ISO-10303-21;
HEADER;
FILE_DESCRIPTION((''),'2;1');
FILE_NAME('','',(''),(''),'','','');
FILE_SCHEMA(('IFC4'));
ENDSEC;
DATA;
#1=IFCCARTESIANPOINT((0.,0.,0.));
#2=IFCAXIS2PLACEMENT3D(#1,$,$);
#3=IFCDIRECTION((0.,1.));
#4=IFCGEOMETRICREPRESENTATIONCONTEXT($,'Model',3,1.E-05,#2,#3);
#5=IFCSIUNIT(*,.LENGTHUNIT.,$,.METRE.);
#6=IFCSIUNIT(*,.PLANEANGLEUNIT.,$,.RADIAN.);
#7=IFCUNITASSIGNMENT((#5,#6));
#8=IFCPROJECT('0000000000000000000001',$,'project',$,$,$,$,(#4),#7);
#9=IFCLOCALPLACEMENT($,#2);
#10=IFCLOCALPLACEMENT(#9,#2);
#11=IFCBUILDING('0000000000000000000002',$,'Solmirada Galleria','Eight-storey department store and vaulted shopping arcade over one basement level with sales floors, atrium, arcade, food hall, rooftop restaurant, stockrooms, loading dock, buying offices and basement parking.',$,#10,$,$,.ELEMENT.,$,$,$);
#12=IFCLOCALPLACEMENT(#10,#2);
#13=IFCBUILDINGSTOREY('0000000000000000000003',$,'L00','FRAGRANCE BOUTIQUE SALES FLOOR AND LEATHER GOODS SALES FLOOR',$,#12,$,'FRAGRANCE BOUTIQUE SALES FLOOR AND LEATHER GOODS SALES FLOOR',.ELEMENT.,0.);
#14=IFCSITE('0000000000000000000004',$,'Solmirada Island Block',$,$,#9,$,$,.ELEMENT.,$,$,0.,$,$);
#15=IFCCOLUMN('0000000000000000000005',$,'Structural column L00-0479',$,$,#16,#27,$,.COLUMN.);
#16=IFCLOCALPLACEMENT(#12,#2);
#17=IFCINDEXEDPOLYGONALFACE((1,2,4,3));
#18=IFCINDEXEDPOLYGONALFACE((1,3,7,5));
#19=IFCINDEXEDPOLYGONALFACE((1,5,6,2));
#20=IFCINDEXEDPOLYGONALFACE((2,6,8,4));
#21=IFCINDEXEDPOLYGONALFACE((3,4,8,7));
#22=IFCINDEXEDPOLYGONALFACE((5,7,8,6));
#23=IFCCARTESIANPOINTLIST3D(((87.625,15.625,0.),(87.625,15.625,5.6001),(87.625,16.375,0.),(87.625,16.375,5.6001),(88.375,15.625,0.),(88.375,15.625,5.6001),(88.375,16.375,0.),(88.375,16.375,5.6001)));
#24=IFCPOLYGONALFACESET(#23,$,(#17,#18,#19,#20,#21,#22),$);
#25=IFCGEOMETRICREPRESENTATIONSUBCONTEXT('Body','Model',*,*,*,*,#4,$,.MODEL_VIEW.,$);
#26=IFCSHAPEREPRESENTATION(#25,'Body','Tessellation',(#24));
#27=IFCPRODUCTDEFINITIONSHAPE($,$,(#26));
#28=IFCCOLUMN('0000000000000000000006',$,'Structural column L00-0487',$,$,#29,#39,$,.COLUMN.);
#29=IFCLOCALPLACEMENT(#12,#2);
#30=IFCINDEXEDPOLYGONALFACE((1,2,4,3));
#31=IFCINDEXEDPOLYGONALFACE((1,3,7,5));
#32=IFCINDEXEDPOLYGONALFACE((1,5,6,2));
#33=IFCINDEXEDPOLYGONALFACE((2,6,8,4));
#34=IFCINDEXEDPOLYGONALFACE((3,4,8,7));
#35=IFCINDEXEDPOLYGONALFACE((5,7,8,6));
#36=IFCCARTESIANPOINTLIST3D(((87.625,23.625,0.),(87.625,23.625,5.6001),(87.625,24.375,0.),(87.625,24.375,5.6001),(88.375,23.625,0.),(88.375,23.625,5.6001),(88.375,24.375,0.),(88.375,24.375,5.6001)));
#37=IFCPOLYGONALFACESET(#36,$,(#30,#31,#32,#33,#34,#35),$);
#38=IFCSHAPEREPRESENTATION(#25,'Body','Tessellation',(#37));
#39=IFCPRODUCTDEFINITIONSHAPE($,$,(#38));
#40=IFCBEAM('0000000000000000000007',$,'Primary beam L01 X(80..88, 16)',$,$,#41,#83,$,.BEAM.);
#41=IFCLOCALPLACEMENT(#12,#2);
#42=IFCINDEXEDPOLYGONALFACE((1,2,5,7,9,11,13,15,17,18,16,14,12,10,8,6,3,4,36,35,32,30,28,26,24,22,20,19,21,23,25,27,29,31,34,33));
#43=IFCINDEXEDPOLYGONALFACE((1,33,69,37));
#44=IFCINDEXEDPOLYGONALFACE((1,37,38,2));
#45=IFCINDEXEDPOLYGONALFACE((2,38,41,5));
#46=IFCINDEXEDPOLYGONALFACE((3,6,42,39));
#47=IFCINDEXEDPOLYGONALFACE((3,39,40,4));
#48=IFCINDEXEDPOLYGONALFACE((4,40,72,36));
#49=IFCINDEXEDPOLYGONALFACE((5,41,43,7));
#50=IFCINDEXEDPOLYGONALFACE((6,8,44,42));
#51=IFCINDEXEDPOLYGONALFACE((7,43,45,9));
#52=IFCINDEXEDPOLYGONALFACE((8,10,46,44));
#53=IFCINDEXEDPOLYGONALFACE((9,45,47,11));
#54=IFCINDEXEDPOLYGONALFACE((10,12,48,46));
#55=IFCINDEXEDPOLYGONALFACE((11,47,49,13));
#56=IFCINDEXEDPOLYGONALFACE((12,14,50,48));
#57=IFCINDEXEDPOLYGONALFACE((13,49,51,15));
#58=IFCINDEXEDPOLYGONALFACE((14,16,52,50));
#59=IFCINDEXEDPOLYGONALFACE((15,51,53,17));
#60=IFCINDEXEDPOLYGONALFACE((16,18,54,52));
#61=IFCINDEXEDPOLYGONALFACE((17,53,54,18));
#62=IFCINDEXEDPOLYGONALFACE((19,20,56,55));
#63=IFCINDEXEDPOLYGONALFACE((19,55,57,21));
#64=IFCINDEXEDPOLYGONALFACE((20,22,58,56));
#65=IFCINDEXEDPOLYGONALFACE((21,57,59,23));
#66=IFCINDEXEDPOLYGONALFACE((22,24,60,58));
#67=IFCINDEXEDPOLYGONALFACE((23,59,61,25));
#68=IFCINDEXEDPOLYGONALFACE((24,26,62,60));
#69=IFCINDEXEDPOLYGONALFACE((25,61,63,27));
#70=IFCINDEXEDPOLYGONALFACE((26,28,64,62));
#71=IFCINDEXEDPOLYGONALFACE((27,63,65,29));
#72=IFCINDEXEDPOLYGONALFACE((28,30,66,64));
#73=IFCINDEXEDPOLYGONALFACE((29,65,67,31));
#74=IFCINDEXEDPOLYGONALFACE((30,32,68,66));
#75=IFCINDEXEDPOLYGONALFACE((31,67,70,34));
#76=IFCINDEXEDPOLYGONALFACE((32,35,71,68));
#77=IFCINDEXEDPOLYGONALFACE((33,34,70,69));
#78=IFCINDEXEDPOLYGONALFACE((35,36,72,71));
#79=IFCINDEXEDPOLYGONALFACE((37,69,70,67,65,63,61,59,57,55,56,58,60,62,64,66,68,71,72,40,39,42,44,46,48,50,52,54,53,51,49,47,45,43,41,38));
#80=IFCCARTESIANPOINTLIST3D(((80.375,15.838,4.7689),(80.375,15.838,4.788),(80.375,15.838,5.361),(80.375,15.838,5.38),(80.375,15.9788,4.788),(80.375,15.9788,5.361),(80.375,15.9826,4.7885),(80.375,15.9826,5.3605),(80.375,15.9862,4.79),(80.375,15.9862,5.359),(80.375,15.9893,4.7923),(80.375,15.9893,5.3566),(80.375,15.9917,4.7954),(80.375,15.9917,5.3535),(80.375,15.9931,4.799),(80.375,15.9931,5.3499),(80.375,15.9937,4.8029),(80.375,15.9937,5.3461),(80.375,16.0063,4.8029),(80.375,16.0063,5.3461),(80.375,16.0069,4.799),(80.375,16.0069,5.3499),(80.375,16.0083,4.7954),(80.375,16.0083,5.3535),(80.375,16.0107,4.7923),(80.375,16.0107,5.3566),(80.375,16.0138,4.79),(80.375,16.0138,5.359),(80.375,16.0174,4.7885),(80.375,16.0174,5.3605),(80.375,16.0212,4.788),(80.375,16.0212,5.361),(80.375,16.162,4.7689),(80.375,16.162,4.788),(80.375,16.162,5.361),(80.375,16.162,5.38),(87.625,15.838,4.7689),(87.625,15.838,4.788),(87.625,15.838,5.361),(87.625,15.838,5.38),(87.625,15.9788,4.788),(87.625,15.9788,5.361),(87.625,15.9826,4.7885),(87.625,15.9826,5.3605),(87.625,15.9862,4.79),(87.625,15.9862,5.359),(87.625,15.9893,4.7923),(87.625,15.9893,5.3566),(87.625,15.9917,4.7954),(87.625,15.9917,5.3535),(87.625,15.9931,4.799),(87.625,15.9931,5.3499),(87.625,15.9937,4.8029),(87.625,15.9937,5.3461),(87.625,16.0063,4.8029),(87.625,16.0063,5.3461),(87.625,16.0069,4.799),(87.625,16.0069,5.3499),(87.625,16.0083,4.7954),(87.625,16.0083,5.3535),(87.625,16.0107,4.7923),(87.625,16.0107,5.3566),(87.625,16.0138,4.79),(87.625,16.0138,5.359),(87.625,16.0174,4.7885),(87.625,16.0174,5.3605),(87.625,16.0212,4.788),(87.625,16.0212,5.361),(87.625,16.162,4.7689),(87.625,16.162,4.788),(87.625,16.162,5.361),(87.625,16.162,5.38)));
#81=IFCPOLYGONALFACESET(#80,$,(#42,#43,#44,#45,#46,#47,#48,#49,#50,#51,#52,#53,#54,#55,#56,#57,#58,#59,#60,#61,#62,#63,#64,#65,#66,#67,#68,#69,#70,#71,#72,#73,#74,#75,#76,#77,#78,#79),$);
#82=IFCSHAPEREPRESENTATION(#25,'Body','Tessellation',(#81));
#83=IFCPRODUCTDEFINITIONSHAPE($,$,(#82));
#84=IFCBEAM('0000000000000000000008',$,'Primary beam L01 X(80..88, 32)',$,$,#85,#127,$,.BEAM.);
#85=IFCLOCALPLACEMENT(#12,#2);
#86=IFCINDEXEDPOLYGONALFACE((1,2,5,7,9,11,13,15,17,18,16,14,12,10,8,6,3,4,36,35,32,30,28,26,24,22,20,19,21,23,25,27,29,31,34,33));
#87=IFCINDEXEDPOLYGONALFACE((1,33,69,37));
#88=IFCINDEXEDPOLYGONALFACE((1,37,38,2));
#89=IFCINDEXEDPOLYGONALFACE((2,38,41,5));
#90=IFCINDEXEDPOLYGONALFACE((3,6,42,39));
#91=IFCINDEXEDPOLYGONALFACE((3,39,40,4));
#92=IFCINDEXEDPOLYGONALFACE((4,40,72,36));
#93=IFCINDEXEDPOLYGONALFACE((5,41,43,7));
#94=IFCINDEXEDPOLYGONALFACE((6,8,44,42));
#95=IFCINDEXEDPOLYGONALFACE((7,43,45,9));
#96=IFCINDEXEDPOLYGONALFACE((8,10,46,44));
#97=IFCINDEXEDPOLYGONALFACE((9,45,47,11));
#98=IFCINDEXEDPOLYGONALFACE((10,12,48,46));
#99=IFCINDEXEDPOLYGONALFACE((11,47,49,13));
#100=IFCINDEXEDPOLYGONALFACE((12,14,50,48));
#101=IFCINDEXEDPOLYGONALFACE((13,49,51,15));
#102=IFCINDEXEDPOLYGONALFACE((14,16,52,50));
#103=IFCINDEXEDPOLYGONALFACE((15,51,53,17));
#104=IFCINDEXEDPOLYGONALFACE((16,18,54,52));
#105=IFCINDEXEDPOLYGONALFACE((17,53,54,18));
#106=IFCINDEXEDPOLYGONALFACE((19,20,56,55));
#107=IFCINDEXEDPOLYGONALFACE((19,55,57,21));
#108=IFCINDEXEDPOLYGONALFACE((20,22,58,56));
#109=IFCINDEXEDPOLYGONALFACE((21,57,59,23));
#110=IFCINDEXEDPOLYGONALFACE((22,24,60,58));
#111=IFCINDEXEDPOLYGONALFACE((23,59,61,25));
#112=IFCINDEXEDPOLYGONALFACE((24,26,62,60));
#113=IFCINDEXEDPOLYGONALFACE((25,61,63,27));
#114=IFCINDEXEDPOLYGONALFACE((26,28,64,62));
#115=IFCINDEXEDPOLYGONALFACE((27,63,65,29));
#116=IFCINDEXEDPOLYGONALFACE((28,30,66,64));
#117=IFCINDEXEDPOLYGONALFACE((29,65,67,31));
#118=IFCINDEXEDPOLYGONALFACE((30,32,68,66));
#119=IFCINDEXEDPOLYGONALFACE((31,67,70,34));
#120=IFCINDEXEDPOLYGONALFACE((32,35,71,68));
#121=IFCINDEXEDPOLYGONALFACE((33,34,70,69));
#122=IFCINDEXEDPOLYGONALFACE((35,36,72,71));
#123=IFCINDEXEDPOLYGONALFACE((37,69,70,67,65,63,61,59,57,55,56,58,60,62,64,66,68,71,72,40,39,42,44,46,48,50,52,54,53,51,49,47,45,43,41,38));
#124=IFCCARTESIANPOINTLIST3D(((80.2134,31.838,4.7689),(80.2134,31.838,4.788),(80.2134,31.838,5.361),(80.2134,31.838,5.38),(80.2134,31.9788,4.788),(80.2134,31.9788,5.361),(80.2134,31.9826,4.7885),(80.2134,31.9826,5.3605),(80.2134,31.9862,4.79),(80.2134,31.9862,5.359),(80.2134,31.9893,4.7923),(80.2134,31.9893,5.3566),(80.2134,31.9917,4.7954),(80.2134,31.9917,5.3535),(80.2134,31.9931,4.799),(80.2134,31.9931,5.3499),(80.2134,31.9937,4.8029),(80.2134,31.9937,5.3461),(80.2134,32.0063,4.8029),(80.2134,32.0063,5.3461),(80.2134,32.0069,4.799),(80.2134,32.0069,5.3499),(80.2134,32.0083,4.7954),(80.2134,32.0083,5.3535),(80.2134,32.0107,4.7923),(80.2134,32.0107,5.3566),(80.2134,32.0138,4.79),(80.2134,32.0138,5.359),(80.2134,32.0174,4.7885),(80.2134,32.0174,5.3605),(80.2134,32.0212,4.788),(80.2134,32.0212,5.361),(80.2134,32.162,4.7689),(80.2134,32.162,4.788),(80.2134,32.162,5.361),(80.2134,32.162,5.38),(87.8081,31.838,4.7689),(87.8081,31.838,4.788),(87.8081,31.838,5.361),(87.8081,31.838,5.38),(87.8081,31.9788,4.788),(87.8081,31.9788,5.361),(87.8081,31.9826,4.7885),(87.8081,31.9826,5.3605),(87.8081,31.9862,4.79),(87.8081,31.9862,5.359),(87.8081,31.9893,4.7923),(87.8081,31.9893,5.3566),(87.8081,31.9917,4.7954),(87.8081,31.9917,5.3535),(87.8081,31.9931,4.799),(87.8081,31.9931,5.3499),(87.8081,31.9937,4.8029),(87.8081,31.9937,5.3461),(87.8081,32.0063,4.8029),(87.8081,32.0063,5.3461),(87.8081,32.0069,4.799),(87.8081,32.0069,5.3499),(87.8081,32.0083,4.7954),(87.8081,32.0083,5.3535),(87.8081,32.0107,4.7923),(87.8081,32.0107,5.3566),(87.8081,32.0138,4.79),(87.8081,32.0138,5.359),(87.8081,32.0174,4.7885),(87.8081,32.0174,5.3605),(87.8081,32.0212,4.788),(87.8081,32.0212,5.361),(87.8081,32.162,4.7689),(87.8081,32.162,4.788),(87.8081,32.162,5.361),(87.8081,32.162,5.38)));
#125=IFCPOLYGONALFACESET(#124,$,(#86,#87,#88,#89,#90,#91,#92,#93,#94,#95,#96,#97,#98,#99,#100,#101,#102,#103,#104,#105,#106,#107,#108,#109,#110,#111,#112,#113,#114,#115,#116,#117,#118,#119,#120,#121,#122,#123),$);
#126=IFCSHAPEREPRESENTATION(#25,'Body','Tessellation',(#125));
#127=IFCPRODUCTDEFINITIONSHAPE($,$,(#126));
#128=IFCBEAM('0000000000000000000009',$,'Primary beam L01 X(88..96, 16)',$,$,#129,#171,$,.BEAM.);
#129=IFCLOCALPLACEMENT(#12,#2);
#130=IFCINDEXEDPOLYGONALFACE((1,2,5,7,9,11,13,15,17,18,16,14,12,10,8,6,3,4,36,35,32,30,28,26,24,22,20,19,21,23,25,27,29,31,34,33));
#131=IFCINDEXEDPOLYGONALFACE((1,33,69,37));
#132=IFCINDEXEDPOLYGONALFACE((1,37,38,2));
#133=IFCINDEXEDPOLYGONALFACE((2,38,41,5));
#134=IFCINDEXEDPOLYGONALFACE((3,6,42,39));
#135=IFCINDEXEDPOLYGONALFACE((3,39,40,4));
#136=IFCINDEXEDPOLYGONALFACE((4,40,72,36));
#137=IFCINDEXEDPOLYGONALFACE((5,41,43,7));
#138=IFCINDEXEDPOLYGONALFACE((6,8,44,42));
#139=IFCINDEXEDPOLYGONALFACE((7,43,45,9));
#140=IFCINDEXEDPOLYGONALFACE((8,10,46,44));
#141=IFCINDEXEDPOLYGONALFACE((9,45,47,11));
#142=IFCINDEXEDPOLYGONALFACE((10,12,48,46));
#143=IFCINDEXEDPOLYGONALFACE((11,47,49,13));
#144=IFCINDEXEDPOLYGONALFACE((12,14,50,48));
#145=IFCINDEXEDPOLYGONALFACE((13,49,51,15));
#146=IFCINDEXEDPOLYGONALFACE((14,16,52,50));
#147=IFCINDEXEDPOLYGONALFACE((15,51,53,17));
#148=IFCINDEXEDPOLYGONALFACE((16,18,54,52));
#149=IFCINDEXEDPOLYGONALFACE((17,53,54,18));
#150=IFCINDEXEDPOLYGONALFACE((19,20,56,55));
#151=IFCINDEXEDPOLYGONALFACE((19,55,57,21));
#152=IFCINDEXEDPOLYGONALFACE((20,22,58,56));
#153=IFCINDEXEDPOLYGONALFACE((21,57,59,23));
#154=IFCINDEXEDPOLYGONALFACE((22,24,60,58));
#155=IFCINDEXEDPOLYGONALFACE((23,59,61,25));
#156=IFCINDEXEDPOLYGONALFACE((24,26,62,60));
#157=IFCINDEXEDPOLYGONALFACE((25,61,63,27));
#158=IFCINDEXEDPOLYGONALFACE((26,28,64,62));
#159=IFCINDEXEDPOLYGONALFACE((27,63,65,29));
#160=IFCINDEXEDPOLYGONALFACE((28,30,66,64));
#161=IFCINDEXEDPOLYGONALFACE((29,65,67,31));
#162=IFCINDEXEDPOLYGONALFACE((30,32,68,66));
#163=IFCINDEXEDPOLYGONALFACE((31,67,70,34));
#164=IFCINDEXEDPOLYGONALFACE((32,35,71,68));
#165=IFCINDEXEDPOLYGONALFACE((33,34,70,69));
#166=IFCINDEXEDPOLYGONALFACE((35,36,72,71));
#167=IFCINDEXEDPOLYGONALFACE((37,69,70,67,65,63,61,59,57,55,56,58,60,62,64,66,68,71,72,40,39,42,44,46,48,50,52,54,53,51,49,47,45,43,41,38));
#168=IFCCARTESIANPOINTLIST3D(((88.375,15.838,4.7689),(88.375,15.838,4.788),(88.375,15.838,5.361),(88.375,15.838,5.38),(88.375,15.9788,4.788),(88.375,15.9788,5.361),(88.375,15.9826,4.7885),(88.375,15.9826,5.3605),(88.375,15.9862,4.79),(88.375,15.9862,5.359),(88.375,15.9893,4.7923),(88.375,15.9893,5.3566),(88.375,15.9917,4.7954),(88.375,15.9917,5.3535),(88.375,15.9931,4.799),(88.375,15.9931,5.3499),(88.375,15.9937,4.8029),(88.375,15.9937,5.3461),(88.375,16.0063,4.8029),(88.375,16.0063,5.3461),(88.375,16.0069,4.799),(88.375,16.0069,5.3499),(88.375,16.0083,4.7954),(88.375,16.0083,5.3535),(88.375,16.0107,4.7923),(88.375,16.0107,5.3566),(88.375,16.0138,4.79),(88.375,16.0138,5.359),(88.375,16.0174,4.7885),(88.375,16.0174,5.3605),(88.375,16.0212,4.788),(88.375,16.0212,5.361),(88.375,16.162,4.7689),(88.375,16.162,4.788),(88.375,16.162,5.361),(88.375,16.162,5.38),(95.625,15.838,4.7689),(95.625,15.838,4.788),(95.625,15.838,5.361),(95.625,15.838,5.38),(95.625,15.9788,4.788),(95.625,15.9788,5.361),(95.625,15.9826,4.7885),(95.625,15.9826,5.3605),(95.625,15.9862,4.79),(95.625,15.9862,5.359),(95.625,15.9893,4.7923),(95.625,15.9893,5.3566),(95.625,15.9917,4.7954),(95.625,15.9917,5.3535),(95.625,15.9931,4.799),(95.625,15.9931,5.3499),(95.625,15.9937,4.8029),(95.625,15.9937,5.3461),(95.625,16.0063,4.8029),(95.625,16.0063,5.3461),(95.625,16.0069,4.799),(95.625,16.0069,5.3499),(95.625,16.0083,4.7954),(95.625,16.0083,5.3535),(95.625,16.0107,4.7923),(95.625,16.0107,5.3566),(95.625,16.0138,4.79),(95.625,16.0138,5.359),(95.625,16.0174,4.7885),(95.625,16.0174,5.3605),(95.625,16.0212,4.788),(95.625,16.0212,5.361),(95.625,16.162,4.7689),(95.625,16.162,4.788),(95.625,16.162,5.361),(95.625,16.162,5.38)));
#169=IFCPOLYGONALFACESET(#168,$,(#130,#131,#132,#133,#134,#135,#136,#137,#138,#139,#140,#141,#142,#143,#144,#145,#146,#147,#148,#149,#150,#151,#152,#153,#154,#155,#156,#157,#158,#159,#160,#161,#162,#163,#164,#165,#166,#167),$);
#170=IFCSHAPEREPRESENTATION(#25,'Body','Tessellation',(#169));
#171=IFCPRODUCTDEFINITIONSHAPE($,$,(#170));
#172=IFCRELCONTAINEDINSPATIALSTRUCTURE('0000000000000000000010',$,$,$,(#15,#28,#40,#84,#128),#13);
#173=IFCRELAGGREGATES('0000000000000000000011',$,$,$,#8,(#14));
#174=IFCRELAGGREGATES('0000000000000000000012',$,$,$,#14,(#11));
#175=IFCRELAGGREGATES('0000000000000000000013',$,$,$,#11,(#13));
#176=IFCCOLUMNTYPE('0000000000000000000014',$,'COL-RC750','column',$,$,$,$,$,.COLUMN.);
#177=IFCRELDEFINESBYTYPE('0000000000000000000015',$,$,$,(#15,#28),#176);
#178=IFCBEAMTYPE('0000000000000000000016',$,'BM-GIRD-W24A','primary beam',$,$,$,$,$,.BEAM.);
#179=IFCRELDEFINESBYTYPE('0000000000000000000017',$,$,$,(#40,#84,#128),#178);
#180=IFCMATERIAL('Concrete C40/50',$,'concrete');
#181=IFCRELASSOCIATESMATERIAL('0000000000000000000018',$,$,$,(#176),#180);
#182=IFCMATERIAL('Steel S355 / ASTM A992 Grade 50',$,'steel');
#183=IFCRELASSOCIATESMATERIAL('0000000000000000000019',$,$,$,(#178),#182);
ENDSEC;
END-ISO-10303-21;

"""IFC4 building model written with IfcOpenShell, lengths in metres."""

from ifc_helpers import new_model, si_unit, direction, frame, origin, origin_2d, place, context, subcontext, project, spatial, rectangle, i_section, extrude, material, material_profile, profile_set, type_object, element, save


model = new_model("IFC4")

# Units and contexts
model_context = context("Model", 3, precision=1e-05, world=origin(), true_north=direction((0.0, 1.0)))
body_context = subcontext(model_context, "Body", "Model", "MODEL_VIEW")
ifc_project = project(units=[si_unit("LENGTHUNIT", "METRE"), si_unit("PLANEANGLEUNIT", "RADIAN")], contexts=[model_context])

# Site, building, storey
site_placement = place(None, origin())
site = spatial("IfcSite", under=ifc_project, at=site_placement, Name="Solmirada Island Block", CompositionType="ELEMENT", RefElevation=0.0)
building_placement = place(site_placement, origin())
building = spatial("IfcBuilding", under=site, at=building_placement, Name="Solmirada Galleria", Description="Eight-storey department store and vaulted shopping arcade over one basement level with sales floors, atrium, arcade, food hall, rooftop restaurant, stockrooms, loading dock, buying offices and basement parking.", CompositionType="ELEMENT")
storey_placement = place(building_placement, origin())
storey = spatial("IfcBuildingStorey", under=building, at=storey_placement, Name="L00", Description="FRAGRANCE BOUTIQUE SALES FLOOR AND LEATHER GOODS SALES FLOOR", LongName="FRAGRANCE BOUTIQUE SALES FLOOR AND LEATHER GOODS SALES FLOOR", CompositionType="ELEMENT", Elevation=0.0)

# Columns
ifc_material_1 = material(Name="Concrete C40/50", Category="concrete")
ifc_material_profile_1 = material_profile(ifc_material_1, rectangle(XDim=0.75, YDim=0.75, at=origin_2d()), Name="RC750X750")
ifc_profile_set_1 = profile_set([ifc_material_profile_1], Name="Concrete C40/50")
column_type = type_object("IfcColumnType", Name="COL-RC750", Description="column", PredefinedType="COLUMN", material=ifc_profile_set_1)
for number, where, z_axis, x_axis, name in (
    (1, (88.0, 16.0, 0.0), (0.0, 0.0, 1.0), (1.0, 0.0, 0.0), "Structural column L00-0479"),
    (2, (88.0, 24.0, 0.0), (0.0, 0.0, 1.0), (1.0, 0.0, 0.0), "Structural column L00-0487"),
):
    element("IfcColumn", number, at=place(storey_placement, frame(where, z_axis=z_axis, x_axis=x_axis)), inside=storey, type_object=column_type, Name=name, PredefinedType="COLUMN", context=body_context, shape_type="SweptSolid", body=[
        extrude(rectangle(XDim=0.75, YDim=0.75, at=origin_2d()), origin(), (0.0, 0.0, 1.0), 5.6001),
    ])

# Beams
ifc_material_2 = material(Name="Steel S355 / ASTM A992 Grade 50", Category="steel")
ifc_material_profile_2 = material_profile(ifc_material_2, i_section(OverallWidth=0.324, OverallDepth=0.6111, WebThickness=0.0127, FlangeThickness=0.019, FilletRadius=0.0149, at=origin_2d()), Name="W24X104")
ifc_profile_set_2 = profile_set([ifc_material_profile_2], Name="Steel S355 / ASTM A992 Grade 50")
beam_type_1 = type_object("IfcBeamType", Name="BM-GIRD-W24A", Description="primary beam", PredefinedType="BEAM", material=ifc_profile_set_2)
beam_1_placement = place(storey_placement, frame((80.375, 16.0, 5.0745), z_axis=(1.0, 0.0, 0.0), x_axis=(0.0, 1.0, 0.0)))
element("IfcBeam", 3, at=beam_1_placement, inside=storey, type_object=beam_type_1, Name="Primary beam L01 X(80..88, 16)", PredefinedType="BEAM", context=body_context, shape_type="SweptSolid", body=[
    extrude(i_section(OverallWidth=0.324, OverallDepth=0.6111, WebThickness=0.0127, FlangeThickness=0.019, FilletRadius=0.0149, at=origin_2d()), origin(), (0.0, 0.0, 1.0), 7.25),
])
beam_2_placement = place(storey_placement, frame((80.2134, 32.0, 5.0745), z_axis=(1.0, 0.0, 0.0), x_axis=(0.0, 1.0, 0.0)))
element("IfcBeam", 4, at=beam_2_placement, inside=storey, type_object=beam_type_1, Name="Primary beam L01 X(80..88, 32)", PredefinedType="BEAM", context=body_context, shape_type="SweptSolid", body=[
    extrude(i_section(OverallWidth=0.324, OverallDepth=0.6111, WebThickness=0.0127, FlangeThickness=0.019, FilletRadius=0.0149, at=origin_2d()), origin(), (0.0, 0.0, 1.0), 7.5947),
])
beam_3_placement = place(storey_placement, frame((88.375, 16.0, 5.0745), z_axis=(1.0, 0.0, 0.0), x_axis=(0.0, 1.0, 0.0)))
element("IfcBeam", 5, at=beam_3_placement, inside=storey, type_object=beam_type_1, Name="Primary beam L01 X(88..96, 16)", PredefinedType="BEAM", context=body_context, shape_type="SweptSolid", body=[
    extrude(i_section(OverallWidth=0.324, OverallDepth=0.6111, WebThickness=0.0127, FlangeThickness=0.019, FilletRadius=0.0149, at=origin_2d()), origin(), (0.0, 0.0, 1.0), 7.25),
])

save(model, "model.ifc")
